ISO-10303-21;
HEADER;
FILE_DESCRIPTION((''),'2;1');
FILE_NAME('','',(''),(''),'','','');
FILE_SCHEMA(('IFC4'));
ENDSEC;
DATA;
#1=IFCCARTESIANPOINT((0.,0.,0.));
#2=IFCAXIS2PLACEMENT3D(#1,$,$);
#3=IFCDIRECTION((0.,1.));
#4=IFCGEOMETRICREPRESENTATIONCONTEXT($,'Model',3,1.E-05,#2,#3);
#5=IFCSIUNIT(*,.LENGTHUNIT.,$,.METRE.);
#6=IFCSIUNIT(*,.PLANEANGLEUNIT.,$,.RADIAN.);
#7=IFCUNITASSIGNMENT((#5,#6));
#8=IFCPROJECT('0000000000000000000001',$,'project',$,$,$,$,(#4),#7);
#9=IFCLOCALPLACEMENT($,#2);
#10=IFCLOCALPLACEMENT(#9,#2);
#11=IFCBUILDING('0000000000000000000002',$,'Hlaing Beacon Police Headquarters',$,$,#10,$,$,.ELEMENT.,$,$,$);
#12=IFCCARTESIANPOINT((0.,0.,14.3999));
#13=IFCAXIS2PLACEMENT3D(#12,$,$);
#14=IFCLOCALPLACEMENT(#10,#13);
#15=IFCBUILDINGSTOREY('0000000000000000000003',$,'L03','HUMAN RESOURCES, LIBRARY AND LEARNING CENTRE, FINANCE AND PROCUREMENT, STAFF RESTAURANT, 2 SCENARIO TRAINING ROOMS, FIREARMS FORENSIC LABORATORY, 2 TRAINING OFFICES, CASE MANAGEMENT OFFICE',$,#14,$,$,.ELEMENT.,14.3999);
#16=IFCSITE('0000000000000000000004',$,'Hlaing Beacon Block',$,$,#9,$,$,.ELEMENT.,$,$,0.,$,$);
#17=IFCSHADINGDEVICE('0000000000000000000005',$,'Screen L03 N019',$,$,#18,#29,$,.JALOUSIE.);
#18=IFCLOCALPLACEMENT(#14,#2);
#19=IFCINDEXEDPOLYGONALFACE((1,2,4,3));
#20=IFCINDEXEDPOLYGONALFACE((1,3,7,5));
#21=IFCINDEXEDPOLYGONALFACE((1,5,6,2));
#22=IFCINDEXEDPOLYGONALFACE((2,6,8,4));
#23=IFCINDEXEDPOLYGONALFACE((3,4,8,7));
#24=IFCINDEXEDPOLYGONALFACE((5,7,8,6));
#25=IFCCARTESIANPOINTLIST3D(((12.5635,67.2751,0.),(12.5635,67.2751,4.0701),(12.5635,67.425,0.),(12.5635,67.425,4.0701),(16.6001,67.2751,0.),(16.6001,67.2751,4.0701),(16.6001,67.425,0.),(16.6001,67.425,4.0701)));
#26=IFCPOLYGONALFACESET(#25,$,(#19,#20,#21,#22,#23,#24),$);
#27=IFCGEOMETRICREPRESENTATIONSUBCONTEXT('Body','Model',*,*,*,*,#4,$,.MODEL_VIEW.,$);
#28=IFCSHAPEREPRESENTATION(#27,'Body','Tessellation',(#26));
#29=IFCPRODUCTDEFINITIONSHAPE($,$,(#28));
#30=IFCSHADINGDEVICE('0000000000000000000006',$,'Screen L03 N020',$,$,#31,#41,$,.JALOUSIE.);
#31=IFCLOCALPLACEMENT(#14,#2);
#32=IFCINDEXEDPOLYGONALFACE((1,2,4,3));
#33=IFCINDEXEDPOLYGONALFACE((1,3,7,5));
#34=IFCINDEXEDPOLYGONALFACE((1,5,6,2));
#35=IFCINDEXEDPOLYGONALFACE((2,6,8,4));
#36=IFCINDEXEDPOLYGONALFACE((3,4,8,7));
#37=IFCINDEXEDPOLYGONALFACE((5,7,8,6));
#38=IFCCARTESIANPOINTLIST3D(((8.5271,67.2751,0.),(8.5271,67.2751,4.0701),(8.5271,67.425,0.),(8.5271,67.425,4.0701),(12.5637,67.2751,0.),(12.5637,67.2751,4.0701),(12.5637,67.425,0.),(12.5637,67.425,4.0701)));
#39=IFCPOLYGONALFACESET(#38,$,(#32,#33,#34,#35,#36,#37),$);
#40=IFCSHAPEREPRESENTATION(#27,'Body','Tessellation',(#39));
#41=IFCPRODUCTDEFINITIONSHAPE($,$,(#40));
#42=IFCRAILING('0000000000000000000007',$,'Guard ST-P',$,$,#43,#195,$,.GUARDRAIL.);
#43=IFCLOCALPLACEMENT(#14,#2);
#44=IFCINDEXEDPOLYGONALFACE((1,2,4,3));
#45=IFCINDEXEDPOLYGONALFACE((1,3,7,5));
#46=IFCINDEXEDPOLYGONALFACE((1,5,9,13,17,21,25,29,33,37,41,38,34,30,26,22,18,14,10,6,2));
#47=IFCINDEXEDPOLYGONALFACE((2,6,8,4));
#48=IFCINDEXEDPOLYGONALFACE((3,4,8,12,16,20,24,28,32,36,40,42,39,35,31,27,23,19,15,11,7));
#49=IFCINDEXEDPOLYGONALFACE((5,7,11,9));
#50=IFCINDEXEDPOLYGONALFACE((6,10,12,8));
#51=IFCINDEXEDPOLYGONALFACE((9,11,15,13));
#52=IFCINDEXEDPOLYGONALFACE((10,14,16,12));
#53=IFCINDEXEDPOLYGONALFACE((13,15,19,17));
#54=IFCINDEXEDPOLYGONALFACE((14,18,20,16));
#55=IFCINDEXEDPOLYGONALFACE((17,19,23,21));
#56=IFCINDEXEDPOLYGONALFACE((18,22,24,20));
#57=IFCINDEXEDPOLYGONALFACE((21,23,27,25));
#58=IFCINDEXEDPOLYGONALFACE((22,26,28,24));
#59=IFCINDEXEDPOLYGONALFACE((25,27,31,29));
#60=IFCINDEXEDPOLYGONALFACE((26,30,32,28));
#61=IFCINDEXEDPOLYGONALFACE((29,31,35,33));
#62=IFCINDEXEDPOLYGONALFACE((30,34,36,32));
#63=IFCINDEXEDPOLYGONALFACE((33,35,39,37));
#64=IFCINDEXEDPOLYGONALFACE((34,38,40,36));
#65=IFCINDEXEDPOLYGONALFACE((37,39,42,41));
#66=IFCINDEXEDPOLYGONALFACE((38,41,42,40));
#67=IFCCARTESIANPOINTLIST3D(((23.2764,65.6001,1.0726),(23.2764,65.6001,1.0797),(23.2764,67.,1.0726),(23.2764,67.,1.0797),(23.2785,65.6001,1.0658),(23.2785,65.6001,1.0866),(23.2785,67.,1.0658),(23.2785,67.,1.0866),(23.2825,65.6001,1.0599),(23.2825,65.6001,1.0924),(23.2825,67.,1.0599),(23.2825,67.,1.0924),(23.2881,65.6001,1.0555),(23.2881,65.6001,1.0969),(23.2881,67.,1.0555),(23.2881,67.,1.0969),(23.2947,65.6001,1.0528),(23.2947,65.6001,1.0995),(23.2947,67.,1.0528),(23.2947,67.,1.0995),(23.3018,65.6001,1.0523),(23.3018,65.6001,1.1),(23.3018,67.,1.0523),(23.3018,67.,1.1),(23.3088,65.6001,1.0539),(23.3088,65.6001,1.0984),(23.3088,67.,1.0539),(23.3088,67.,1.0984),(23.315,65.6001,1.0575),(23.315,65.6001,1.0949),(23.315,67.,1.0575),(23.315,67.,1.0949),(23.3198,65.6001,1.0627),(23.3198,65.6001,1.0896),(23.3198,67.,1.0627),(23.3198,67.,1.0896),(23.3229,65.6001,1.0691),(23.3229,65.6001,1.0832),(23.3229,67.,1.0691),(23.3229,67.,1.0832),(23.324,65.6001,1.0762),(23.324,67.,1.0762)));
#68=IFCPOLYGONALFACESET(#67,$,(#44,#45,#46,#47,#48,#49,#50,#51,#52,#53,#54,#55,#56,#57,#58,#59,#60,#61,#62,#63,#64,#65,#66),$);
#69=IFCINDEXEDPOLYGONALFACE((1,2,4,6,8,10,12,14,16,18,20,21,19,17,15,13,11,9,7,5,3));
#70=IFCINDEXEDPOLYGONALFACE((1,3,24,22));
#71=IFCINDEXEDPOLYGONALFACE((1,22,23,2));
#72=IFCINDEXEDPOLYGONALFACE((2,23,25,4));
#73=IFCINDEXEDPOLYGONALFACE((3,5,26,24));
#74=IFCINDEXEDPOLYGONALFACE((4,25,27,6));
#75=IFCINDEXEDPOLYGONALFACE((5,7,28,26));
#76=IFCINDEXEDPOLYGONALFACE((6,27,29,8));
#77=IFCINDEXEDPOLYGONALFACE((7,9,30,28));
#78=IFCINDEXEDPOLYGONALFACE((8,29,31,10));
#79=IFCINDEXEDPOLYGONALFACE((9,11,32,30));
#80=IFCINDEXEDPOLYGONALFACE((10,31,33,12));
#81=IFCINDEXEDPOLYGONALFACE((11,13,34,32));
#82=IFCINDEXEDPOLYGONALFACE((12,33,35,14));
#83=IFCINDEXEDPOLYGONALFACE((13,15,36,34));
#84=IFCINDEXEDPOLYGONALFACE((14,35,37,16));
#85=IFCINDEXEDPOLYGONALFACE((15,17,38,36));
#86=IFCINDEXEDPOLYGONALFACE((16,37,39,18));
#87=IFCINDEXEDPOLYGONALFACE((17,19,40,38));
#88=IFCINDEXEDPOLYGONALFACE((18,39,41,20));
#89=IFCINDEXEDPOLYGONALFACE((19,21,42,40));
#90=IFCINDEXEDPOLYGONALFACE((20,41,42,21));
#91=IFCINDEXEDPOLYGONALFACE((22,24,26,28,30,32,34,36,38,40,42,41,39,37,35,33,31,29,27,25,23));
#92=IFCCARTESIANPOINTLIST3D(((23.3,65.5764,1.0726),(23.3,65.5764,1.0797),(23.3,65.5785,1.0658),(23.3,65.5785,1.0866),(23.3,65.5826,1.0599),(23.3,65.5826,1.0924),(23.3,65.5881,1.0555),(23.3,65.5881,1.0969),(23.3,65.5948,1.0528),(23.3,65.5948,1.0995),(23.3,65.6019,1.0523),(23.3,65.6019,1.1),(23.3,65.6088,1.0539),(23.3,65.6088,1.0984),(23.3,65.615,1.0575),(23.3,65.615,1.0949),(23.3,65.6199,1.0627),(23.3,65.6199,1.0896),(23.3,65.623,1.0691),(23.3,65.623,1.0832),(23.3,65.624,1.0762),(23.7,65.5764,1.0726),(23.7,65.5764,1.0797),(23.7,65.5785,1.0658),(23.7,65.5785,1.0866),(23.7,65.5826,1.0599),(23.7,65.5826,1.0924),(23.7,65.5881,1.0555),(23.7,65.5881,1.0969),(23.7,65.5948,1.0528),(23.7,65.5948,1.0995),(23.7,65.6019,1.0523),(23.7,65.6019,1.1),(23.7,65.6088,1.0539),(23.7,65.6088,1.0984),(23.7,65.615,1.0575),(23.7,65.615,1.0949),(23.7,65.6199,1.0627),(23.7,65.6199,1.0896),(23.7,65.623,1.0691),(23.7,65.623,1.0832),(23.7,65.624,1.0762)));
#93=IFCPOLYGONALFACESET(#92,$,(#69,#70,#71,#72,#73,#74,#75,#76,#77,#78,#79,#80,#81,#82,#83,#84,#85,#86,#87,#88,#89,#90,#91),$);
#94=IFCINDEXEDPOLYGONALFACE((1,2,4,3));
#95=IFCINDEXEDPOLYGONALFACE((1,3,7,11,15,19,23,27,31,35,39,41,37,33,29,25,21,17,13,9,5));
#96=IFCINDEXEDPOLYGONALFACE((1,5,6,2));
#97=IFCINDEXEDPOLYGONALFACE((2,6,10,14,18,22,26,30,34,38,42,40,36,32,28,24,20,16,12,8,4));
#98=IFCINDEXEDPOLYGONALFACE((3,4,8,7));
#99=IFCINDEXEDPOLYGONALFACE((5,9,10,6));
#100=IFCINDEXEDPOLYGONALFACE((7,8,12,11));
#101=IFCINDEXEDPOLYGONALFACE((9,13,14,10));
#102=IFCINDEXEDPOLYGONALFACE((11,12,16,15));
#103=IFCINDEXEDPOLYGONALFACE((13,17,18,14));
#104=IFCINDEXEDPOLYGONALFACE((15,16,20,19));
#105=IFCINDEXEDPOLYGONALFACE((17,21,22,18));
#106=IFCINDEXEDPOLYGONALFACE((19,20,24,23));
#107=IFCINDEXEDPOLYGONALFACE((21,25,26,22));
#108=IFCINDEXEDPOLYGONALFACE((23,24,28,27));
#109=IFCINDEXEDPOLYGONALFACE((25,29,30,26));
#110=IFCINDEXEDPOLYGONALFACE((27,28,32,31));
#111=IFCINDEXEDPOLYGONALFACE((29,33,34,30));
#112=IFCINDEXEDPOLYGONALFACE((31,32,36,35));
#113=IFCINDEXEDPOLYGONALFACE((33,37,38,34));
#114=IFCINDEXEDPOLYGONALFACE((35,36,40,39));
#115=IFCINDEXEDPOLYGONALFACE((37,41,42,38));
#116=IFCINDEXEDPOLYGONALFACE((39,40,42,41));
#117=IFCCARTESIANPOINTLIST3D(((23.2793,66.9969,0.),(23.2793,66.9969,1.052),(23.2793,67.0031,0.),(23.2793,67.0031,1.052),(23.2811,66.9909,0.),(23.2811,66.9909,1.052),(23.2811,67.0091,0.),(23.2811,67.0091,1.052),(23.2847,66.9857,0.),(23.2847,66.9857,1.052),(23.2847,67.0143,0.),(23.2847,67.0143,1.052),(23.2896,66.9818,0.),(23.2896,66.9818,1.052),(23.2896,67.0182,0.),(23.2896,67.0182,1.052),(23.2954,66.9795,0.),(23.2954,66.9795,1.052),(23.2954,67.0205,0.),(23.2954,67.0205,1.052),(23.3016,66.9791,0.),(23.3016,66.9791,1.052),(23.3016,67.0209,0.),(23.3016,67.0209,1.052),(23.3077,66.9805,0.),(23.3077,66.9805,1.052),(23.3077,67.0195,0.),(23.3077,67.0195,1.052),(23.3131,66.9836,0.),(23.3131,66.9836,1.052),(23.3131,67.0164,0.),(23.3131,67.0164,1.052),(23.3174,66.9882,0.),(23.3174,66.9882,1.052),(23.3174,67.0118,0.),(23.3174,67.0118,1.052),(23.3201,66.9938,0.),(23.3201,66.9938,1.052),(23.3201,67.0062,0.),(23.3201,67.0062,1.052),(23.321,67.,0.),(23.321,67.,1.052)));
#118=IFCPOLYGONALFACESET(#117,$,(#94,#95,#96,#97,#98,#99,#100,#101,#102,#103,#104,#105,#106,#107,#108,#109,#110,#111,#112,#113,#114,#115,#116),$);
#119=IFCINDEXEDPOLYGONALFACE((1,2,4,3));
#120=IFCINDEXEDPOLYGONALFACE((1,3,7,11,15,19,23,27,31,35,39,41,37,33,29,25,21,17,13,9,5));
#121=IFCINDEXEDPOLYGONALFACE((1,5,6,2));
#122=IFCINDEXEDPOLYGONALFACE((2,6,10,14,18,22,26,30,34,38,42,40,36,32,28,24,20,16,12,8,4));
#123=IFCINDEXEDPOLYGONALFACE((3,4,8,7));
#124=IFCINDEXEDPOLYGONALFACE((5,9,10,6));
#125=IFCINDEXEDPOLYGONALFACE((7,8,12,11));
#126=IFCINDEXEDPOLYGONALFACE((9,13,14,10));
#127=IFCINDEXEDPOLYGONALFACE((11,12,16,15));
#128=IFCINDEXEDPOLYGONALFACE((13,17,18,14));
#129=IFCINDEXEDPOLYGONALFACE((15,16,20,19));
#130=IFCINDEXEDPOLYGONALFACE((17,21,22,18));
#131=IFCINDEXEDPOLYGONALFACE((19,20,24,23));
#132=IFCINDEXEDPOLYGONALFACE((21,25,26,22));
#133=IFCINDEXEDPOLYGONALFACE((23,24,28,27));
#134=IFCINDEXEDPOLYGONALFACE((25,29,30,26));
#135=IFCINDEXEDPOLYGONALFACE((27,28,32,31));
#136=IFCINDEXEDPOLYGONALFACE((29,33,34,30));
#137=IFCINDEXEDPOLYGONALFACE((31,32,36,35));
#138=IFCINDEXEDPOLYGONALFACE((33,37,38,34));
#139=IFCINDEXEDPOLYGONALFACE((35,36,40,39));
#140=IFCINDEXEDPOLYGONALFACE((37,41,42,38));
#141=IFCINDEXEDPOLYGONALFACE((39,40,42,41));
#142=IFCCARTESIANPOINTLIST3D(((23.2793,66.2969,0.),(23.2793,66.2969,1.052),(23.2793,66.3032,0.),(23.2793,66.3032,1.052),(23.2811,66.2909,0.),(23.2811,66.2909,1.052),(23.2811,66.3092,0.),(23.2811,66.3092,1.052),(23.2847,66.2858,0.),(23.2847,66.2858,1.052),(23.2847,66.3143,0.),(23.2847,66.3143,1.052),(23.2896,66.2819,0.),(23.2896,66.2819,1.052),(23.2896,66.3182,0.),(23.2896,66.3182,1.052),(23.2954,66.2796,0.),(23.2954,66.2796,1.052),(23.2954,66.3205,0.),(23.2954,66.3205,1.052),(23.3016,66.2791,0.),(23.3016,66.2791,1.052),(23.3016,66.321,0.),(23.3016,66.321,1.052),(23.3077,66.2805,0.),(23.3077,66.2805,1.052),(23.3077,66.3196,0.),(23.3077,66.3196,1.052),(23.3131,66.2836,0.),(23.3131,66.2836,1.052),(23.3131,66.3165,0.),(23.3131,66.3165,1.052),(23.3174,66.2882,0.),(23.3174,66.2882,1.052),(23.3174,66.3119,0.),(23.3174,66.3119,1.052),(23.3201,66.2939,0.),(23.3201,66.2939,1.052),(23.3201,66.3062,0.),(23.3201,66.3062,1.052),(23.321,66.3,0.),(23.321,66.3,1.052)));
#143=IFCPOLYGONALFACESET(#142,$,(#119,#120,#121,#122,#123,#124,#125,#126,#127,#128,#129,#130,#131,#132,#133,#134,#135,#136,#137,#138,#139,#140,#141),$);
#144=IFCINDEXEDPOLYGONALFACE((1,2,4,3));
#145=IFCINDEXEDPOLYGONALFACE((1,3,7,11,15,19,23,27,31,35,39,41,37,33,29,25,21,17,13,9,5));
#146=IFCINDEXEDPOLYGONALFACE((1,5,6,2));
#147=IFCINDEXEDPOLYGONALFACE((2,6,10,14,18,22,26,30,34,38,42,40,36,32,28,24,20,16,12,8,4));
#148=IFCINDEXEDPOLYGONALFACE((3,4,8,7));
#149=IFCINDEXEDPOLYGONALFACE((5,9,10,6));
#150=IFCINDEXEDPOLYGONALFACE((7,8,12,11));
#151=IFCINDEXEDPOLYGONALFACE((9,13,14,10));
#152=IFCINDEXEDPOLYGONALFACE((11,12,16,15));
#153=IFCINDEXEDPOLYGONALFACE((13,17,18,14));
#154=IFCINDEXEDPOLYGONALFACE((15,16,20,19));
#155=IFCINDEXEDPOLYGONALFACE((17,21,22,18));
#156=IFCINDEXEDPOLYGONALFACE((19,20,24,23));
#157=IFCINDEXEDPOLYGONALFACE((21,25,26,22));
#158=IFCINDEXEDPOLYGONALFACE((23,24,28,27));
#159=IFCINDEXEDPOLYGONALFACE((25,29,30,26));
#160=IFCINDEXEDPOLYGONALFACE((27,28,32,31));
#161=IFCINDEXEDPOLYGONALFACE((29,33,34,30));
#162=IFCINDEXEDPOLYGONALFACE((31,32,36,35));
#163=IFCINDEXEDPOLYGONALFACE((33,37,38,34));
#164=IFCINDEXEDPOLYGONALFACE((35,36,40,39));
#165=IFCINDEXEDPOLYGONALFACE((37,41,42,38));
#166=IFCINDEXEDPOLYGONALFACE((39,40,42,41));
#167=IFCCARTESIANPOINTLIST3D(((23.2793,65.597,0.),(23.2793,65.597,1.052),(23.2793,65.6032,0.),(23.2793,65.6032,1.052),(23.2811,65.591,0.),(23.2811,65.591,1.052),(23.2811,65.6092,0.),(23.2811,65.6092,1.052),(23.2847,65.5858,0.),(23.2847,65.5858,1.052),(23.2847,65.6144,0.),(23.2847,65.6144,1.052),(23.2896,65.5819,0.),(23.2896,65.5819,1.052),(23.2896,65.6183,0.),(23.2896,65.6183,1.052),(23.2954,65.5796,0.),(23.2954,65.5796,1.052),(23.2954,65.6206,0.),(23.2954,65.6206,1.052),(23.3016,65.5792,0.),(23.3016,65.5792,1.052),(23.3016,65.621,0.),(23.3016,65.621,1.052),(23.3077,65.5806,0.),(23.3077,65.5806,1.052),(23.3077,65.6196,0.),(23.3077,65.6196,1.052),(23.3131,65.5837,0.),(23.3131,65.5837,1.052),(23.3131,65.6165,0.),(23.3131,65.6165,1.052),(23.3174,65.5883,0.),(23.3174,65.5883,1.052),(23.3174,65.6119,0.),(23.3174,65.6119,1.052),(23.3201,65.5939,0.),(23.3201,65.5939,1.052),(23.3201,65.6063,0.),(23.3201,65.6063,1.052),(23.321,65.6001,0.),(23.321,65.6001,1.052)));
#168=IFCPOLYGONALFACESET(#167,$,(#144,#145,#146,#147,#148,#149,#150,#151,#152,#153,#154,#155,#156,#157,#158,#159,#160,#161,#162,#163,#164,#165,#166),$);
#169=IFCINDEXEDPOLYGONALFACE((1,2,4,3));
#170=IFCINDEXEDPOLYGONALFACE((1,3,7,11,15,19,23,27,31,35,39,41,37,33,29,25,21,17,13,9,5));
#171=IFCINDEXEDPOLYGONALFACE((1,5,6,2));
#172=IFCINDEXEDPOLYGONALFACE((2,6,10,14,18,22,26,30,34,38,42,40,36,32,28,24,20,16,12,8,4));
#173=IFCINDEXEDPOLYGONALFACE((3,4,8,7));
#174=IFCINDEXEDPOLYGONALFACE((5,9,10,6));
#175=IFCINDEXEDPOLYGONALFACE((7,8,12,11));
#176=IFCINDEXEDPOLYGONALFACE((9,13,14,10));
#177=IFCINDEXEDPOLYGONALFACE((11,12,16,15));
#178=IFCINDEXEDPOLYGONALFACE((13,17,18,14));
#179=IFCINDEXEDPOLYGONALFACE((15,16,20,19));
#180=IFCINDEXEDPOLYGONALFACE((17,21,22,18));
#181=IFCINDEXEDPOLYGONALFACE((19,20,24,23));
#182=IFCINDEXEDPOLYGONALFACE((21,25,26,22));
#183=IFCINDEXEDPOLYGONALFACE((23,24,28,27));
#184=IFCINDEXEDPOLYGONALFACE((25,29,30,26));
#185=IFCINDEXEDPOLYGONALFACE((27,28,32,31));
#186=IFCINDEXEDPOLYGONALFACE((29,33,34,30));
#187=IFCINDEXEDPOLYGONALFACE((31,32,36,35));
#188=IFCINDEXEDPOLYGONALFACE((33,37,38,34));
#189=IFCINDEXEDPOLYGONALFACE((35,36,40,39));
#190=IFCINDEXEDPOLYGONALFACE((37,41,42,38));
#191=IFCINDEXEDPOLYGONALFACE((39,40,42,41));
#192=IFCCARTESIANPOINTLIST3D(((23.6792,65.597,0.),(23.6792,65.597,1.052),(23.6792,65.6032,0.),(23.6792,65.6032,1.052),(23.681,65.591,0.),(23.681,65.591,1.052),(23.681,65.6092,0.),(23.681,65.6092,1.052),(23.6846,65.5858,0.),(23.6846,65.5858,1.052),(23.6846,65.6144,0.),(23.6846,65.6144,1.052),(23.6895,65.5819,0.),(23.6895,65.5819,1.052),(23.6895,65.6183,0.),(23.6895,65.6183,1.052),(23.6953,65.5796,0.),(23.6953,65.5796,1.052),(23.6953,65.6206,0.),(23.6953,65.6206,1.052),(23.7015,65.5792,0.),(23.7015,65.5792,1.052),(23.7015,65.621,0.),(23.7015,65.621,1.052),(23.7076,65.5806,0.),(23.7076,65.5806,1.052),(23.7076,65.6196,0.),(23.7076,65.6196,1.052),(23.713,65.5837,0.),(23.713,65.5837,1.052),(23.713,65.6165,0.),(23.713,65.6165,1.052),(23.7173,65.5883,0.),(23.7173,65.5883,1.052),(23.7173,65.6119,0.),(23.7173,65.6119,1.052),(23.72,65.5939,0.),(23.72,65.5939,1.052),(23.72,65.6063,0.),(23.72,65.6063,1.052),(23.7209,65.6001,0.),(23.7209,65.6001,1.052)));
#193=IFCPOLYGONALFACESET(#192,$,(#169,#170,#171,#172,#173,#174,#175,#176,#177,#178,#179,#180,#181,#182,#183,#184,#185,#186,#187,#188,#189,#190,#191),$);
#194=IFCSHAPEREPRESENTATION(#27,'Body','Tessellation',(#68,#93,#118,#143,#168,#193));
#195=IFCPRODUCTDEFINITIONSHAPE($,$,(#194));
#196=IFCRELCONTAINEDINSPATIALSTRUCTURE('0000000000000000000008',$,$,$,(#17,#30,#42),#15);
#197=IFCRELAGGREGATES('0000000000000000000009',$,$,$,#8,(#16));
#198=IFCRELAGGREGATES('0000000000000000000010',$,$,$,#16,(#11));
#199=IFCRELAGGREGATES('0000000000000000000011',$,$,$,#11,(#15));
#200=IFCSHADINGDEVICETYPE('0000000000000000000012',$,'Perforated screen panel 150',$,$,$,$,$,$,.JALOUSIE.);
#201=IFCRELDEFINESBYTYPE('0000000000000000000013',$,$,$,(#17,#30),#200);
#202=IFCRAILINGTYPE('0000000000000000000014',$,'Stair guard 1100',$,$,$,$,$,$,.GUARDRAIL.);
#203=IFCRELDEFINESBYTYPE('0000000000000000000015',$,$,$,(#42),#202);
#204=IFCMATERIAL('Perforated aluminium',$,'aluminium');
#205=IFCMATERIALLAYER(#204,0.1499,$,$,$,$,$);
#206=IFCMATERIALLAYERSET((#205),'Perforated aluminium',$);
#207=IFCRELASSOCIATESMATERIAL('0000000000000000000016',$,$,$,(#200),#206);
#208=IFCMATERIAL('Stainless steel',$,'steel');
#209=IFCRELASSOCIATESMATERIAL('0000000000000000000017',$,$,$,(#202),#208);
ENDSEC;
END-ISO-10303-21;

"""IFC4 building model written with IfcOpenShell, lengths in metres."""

from ifc_helpers import new_model, si_unit, direction, frame, origin, origin_2d, place, context, subcontext, project, spatial, rectangle, circle, extrude, material, layer, layer_set, type_object, element, save


model = new_model("IFC4")

# Units and contexts
model_context = context("Model", 3, precision=1e-05, world=origin(), true_north=direction((0.0, 1.0)))
body_context = subcontext(model_context, "Body", "Model", "MODEL_VIEW")
ifc_project = project(units=[si_unit("LENGTHUNIT", "METRE"), si_unit("PLANEANGLEUNIT", "RADIAN")], contexts=[model_context])

# Site, building, storey
site_placement = place(None, origin())
site = spatial("IfcSite", under=ifc_project, at=site_placement, Name="Hlaing Beacon Block", CompositionType="ELEMENT", RefElevation=0.0)
building_placement = place(site_placement, origin())
building = spatial("IfcBuilding", under=site, at=building_placement, Name="Hlaing Beacon Police Headquarters", CompositionType="ELEMENT")
storey_placement = place(building_placement, frame((0.0, 0.0, 14.3999)))
storey = spatial("IfcBuildingStorey", under=building, at=storey_placement, Name="L03", Description="HUMAN RESOURCES, LIBRARY AND LEARNING CENTRE, FINANCE AND PROCUREMENT, STAFF RESTAURANT, 2 SCENARIO TRAINING ROOMS, FIREARMS FORENSIC LABORATORY, 2 TRAINING OFFICES, CASE MANAGEMENT OFFICE", CompositionType="ELEMENT", Elevation=14.3999)

# Shading devices
ifc_material_1 = material(Name="Perforated aluminium", Category="aluminium")
ifc_layer_1 = layer(ifc_material_1, 0.1499)
ifc_layer_set_1 = layer_set([ifc_layer_1], Name="Perforated aluminium")
shading_device_type_1 = type_object("IfcShadingDeviceType", Name="Perforated screen panel 150", PredefinedType="JALOUSIE", material=ifc_layer_set_1)
for number, where, z_axis, x_axis, name in (
    (1, (14.5818, 67.3501, 0.0), (0.0, 0.0, 1.0), (-1.0, 0.0, 0.0), "Screen L03 N019"),
    (2, (10.5454, 67.3501, 0.0), (0.0, 0.0, 1.0), (-1.0, 0.0, 0.0), "Screen L03 N020"),
):
    element("IfcShadingDevice", number, at=place(storey_placement, frame(where, z_axis=z_axis, x_axis=x_axis)), inside=storey, type_object=shading_device_type_1, Name=name, PredefinedType="JALOUSIE", context=body_context, shape_type="SweptSolid", body=[
        extrude(rectangle(XDim=4.0366, YDim=0.1499, at=origin_2d()), origin(), (0.0, 0.0, 1.0), 4.0701),
    ])

# Railing
ifc_material_2 = material(Name="Stainless steel", Category="steel")
railing_type = type_object("IfcRailingType", Name="Stair guard 1100", PredefinedType="GUARDRAIL", material=ifc_material_2)
railing_placement = place(storey_placement, frame((23.3, 67.0, 0.0)))
element("IfcRailing", 3, at=railing_placement, inside=storey, type_object=railing_type, Name="Guard ST-P", PredefinedType="GUARDRAIL", context=body_context, shape_type="SweptSolid", body=[
    extrude(circle(Radius=0.0239, at=origin_2d()), frame((0.0, 0.0, 1.0762), z_axis=(0.0, -1.0, 0.0), x_axis=(1.0, 0.0, 0.0)), (0.0, 0.0, 1.0), 1.3999),
    extrude(circle(Radius=0.0239, at=origin_2d()), frame((0.0, -1.3999, 1.0762), z_axis=(1.0, 0.0, 0.0), x_axis=(0.0, 1.0, 0.0)), (0.0, 0.0, 1.0), 0.3999),
    extrude(circle(Radius=0.021, at=origin_2d()), origin(), (0.0, 0.0, 1.0), 1.052),
    extrude(circle(Radius=0.021, at=origin_2d()), frame((0.0, -0.7, 0.0)), (0.0, 0.0, 1.0), 1.052),
    extrude(circle(Radius=0.021, at=origin_2d()), frame((0.0, -1.3999, 0.0)), (0.0, 0.0, 1.0), 1.052),
    extrude(circle(Radius=0.021, at=origin_2d()), frame((0.3999, -1.3999, 0.0)), (0.0, 0.0, 1.0), 1.052),
])

save(model, "model.ifc")
